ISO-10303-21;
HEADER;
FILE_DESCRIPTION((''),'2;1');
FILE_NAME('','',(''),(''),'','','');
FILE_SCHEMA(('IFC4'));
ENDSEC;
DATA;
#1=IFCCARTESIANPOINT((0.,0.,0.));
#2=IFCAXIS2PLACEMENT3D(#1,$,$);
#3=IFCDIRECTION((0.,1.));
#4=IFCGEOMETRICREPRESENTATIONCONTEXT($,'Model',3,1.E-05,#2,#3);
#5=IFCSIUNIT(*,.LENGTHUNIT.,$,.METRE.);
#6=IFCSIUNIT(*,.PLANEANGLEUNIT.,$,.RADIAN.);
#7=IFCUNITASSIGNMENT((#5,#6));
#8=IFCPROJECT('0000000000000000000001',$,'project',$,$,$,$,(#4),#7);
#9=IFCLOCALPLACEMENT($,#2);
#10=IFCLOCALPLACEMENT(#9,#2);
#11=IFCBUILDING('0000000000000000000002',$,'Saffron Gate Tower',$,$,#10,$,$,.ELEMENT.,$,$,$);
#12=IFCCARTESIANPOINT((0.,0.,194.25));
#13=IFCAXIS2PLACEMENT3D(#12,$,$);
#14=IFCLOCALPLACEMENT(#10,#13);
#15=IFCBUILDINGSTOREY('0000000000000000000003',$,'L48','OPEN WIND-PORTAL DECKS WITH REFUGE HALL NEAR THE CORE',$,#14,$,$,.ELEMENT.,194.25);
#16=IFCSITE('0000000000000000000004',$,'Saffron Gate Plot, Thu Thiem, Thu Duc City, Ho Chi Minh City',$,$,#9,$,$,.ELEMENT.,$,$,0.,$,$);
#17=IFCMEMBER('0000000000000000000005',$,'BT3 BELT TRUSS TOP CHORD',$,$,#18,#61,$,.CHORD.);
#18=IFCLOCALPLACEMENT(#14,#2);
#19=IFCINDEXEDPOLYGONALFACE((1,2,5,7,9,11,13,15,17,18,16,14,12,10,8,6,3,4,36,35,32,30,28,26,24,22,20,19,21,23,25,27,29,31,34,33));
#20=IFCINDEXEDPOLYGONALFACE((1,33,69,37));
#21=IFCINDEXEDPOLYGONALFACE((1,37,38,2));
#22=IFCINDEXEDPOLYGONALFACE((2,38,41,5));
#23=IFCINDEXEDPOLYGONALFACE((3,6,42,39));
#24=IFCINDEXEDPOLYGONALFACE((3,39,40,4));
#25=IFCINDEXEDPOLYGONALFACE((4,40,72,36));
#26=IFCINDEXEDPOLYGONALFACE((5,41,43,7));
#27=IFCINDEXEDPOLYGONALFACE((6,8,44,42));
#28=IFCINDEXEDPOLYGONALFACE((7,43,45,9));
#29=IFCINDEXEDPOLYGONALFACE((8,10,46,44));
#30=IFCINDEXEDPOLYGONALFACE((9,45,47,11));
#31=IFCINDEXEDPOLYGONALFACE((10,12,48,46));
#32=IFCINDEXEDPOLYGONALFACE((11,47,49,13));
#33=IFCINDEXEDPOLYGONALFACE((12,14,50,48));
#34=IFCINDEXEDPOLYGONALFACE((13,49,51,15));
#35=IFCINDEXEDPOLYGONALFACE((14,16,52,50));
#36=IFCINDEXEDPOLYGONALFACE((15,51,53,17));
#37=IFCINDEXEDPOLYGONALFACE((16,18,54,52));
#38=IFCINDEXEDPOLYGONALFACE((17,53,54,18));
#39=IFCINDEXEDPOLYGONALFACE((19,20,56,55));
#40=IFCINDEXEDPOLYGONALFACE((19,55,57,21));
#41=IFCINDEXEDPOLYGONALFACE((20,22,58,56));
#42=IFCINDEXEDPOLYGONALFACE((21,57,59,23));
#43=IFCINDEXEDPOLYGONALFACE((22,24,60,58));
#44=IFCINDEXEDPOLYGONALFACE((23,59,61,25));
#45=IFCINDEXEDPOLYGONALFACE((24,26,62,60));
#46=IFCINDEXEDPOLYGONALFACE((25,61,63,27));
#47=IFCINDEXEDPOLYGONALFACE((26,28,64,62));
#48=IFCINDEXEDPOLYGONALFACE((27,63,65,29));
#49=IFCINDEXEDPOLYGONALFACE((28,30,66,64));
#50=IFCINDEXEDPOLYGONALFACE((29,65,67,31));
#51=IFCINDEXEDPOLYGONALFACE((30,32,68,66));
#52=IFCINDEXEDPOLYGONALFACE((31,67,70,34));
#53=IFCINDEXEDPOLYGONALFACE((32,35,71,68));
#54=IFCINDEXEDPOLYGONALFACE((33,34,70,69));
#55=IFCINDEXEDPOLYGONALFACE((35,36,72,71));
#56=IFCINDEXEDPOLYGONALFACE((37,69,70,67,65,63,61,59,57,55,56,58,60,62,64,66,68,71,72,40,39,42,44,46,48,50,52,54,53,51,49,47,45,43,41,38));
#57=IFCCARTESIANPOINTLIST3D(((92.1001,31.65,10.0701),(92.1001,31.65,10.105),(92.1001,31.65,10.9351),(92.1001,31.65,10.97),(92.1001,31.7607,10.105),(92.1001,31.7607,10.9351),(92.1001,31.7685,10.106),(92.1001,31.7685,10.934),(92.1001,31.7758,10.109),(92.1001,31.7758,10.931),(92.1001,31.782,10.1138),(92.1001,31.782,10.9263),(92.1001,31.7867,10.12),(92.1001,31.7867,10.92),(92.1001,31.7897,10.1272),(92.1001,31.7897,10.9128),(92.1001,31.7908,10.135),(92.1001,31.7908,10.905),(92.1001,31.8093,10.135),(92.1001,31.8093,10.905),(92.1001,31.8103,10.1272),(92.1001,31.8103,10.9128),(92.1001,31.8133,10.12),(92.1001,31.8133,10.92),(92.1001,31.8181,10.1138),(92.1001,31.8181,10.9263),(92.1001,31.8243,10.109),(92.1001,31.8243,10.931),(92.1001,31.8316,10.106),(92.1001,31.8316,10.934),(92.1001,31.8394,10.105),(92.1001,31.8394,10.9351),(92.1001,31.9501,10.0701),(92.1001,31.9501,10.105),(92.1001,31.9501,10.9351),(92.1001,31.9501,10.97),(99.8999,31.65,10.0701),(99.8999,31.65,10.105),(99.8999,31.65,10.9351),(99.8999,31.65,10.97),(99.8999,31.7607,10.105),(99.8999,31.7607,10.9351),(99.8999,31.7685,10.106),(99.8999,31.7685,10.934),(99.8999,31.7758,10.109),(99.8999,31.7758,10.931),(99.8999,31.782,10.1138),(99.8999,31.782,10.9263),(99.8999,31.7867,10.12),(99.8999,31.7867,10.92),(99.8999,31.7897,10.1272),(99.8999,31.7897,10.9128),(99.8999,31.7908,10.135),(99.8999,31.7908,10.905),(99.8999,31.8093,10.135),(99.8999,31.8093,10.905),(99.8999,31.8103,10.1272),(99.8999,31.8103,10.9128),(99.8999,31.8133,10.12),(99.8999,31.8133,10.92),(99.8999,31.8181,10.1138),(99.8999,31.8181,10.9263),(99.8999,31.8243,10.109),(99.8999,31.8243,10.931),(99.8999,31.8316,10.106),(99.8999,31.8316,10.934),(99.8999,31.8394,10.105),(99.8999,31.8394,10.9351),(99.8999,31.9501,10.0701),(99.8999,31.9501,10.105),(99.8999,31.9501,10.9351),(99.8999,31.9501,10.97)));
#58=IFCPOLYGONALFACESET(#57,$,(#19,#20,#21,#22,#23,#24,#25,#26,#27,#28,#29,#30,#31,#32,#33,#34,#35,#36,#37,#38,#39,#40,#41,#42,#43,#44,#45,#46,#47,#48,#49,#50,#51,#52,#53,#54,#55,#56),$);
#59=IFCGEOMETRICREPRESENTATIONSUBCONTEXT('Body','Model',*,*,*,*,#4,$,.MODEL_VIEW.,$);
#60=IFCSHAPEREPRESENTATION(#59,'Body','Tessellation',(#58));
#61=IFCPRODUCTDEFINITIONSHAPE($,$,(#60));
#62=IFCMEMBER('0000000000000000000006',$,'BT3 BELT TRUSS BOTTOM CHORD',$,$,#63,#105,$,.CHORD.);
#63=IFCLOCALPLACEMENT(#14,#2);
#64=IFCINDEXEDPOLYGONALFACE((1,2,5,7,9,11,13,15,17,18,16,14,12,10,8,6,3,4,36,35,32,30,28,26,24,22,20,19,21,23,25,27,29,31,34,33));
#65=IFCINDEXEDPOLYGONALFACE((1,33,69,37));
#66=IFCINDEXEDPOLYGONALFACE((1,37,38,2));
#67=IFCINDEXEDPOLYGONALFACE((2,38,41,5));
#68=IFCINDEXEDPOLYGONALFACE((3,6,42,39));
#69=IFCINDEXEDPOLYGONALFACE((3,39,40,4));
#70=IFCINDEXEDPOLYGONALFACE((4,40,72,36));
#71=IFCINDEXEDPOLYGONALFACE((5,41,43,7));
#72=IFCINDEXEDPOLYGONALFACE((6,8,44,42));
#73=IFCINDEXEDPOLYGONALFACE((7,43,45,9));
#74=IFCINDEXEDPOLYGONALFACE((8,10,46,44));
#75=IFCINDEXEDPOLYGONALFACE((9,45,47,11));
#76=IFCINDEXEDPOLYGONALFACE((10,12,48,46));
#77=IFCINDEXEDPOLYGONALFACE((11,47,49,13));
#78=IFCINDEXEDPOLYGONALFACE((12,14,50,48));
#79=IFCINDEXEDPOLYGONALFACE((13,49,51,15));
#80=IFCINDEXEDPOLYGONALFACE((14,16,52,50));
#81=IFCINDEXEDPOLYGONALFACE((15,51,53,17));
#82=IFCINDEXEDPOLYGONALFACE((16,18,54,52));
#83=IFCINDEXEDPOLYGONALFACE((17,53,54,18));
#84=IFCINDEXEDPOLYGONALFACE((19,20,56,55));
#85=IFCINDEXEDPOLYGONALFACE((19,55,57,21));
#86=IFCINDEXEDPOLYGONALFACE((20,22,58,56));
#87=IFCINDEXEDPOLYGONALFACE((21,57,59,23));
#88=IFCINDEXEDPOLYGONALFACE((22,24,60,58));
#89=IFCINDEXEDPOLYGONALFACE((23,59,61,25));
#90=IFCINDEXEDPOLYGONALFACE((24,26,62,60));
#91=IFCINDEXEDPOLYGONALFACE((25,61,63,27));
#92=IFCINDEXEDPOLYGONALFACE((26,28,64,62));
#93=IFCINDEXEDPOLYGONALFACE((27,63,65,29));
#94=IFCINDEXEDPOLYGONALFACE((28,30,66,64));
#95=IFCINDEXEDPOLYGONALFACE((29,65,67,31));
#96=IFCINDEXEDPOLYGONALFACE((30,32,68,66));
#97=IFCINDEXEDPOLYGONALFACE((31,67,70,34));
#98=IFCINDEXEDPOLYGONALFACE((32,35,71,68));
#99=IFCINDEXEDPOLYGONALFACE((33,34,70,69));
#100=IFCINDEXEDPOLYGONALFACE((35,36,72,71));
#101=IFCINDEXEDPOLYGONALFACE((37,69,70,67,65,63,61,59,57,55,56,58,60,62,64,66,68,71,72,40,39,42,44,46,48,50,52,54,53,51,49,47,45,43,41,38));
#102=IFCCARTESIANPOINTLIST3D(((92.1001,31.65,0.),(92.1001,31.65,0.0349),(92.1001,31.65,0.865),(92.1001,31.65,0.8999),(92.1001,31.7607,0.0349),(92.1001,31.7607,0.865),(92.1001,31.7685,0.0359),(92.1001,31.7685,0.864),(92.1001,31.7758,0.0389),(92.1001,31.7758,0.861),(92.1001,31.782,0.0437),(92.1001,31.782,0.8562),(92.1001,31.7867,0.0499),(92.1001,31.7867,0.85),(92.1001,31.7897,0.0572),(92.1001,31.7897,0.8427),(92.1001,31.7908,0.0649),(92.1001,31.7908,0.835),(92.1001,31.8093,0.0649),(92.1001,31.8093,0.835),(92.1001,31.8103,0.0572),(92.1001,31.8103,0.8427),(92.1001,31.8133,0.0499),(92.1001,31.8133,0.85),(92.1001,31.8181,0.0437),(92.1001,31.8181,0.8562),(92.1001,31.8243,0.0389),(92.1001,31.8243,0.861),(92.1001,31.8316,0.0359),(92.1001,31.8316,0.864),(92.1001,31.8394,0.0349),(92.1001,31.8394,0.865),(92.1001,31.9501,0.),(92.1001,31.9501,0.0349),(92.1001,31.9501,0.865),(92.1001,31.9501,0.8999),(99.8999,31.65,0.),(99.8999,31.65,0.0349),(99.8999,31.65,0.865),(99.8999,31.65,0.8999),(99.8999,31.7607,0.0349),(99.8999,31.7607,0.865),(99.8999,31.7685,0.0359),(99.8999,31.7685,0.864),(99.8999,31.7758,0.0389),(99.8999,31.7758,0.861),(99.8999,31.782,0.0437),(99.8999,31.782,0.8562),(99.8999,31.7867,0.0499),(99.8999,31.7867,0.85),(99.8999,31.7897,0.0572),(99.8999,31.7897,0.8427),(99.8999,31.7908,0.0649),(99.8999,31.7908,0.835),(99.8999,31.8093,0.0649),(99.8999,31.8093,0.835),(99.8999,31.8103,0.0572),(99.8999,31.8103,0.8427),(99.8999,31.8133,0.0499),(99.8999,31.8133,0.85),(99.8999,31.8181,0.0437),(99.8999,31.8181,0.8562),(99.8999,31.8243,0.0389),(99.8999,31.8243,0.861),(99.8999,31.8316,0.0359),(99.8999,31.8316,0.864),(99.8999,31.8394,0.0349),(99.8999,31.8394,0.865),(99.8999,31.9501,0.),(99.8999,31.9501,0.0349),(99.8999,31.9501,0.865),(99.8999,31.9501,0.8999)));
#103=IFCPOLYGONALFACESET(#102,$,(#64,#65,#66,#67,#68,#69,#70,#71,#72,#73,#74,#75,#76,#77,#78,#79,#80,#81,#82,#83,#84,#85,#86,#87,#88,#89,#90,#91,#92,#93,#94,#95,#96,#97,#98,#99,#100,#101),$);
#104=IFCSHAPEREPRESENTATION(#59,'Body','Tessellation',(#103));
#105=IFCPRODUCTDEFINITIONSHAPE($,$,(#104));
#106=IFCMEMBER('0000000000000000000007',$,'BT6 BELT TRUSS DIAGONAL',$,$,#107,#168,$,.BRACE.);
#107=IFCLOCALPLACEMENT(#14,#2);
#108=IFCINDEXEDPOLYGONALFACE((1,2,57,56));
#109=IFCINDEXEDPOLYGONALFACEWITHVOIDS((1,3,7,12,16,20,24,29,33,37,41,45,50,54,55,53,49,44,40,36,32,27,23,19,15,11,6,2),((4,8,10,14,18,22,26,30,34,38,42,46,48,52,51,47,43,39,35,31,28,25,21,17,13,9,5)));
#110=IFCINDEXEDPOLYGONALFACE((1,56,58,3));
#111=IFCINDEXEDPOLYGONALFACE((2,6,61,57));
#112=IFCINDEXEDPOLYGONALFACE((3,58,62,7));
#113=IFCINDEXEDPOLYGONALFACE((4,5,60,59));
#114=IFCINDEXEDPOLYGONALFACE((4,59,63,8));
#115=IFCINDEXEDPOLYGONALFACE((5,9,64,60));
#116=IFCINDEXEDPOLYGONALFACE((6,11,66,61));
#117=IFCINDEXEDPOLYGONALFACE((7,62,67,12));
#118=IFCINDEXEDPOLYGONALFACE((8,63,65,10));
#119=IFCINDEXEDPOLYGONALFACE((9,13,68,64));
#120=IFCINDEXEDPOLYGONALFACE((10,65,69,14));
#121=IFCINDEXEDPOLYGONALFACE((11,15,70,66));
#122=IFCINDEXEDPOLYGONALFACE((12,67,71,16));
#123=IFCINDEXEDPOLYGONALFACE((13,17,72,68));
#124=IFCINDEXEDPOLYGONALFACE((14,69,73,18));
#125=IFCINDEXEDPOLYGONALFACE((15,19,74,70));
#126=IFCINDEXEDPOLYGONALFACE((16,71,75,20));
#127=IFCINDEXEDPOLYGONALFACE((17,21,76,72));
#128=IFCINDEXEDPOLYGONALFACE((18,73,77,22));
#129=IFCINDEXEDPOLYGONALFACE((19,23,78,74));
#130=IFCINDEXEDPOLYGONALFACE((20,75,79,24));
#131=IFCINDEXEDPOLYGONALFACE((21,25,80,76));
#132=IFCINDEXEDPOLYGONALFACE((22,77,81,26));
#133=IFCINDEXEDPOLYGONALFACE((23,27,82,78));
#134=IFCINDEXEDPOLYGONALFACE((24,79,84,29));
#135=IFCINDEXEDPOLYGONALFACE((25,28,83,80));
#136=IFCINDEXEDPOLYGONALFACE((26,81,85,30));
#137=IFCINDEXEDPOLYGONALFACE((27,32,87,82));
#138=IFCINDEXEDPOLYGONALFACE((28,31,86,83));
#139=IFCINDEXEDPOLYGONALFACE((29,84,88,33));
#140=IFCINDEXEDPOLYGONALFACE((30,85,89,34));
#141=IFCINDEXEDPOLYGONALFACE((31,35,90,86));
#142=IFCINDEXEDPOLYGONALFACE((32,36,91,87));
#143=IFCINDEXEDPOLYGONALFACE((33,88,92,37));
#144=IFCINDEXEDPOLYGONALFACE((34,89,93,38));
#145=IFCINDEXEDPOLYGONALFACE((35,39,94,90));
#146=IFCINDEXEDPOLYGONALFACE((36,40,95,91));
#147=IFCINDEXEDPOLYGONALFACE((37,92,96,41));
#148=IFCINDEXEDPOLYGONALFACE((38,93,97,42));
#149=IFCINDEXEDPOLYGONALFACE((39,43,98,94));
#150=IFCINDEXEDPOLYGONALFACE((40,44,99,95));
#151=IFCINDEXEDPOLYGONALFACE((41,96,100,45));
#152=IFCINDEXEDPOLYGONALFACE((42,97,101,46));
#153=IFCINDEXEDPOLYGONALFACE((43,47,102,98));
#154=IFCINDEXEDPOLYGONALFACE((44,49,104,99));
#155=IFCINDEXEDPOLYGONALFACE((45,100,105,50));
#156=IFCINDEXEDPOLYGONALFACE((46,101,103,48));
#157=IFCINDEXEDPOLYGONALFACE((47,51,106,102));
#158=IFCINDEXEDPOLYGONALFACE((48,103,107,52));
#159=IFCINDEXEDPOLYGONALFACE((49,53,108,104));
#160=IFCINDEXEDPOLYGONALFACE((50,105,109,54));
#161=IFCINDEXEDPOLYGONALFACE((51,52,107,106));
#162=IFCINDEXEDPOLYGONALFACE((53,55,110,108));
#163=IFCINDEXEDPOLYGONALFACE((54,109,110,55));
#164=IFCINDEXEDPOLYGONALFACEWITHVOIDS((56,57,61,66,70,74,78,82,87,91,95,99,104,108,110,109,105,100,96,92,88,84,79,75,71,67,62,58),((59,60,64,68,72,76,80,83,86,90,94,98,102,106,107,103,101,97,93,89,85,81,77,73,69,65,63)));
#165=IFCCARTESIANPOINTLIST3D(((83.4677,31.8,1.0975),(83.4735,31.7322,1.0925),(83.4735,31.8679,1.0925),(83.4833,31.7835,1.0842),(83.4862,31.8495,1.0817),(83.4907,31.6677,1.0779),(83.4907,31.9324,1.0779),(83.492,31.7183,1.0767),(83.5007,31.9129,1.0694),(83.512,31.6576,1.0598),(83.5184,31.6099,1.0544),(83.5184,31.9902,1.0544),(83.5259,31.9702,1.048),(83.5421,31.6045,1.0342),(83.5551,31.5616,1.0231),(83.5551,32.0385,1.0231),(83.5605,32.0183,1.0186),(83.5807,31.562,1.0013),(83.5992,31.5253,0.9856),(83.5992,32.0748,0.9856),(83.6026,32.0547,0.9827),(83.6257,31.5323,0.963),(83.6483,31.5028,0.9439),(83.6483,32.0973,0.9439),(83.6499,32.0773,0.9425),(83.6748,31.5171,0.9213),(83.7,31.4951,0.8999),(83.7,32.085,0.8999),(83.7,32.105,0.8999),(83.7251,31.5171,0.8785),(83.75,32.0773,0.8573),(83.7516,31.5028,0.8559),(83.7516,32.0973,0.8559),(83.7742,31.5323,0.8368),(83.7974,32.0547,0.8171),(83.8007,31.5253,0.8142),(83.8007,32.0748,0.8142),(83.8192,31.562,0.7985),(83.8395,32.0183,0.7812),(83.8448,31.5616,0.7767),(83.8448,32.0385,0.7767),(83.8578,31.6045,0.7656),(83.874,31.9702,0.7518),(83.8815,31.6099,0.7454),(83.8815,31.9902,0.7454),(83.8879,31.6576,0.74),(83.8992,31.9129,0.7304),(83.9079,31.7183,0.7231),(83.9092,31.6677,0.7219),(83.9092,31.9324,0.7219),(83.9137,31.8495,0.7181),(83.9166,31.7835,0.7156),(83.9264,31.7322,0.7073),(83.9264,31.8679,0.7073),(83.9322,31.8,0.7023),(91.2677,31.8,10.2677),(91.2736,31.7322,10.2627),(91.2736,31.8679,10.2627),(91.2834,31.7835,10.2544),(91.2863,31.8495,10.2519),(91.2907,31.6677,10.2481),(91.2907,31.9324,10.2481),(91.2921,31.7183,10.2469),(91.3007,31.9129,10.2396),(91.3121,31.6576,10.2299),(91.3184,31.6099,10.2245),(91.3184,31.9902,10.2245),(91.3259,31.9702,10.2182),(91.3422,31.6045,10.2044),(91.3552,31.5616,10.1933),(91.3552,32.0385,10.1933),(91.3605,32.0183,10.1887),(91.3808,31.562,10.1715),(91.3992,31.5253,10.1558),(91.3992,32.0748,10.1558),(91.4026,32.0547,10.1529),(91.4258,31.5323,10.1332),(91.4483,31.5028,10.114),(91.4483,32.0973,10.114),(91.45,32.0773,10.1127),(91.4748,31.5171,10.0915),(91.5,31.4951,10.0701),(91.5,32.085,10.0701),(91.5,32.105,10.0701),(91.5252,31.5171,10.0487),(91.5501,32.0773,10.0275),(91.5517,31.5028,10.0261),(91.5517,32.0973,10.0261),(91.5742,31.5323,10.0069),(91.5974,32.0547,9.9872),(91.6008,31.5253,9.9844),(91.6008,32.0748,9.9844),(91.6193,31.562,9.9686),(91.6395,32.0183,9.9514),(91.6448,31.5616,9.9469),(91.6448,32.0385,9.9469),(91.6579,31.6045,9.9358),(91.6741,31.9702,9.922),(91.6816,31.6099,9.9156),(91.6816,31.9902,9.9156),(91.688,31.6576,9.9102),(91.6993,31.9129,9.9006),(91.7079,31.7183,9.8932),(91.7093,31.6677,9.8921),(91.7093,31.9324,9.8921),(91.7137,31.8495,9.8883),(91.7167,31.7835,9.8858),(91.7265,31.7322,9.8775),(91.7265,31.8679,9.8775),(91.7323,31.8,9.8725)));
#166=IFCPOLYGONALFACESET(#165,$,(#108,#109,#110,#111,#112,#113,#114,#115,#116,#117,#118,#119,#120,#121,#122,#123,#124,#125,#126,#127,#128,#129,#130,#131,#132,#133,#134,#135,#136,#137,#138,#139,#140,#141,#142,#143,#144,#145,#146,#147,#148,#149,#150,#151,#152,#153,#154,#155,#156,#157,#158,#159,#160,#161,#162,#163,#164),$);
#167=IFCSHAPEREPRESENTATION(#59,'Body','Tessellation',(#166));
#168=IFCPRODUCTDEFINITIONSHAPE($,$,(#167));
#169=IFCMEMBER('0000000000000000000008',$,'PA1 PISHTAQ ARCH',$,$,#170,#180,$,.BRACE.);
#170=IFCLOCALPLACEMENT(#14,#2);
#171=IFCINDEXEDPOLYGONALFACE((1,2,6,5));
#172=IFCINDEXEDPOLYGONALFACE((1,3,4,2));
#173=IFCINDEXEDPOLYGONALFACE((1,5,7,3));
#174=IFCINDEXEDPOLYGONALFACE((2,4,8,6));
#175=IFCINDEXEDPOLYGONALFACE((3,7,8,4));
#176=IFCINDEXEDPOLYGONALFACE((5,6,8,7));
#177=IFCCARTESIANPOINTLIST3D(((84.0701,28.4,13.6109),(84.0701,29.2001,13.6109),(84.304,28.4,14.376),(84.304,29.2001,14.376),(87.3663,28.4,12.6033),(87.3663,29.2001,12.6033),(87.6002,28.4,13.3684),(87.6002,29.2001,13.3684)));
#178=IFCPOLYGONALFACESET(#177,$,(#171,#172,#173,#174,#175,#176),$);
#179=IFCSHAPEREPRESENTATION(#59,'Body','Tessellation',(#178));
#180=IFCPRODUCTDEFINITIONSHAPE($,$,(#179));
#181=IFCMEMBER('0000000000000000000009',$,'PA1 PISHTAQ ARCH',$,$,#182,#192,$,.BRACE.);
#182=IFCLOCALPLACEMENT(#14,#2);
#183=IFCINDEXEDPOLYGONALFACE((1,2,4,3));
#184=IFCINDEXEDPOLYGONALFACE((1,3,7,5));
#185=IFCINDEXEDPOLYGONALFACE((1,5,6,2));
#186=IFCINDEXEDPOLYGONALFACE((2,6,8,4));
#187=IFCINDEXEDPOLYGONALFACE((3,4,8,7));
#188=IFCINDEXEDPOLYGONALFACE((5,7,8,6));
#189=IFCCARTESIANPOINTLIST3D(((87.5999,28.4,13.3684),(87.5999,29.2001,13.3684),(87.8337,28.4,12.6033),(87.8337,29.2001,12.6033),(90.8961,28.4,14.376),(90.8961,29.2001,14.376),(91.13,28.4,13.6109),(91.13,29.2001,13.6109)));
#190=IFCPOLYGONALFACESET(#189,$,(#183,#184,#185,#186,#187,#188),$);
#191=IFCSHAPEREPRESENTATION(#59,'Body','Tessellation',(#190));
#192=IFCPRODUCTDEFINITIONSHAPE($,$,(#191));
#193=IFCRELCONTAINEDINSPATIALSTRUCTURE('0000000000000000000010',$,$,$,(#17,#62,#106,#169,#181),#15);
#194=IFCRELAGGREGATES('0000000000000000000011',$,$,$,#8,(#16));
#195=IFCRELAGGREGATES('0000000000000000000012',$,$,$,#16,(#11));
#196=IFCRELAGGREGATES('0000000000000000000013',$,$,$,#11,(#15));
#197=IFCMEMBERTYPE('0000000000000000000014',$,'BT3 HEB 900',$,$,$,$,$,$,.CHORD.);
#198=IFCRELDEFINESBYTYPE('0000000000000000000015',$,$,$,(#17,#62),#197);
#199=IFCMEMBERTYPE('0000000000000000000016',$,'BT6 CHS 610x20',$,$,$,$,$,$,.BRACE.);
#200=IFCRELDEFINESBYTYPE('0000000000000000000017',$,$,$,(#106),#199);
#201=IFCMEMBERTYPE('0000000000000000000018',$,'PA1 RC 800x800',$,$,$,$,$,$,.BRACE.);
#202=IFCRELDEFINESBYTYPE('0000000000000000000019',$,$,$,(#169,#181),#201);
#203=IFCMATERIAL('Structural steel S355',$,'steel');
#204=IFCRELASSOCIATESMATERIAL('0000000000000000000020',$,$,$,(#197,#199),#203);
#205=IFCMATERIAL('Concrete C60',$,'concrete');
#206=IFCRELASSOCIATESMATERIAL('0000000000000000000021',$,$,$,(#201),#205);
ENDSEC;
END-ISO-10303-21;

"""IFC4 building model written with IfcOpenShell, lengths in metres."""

from ifc_helpers import new_model, si_unit, direction, frame, origin, origin_2d, place, context, subcontext, project, spatial, rectangle, hollow_circle, i_section, extrude, material, material_profile, profile_set, type_object, element, save


model = new_model("IFC4")

# Units and contexts
model_context = context("Model", 3, precision=1e-05, world=origin(), true_north=direction((0.0, 1.0)))
body_context = subcontext(model_context, "Body", "Model", "MODEL_VIEW")
ifc_project = project(units=[si_unit("LENGTHUNIT", "METRE"), si_unit("PLANEANGLEUNIT", "RADIAN")], contexts=[model_context])

# Site, building, storey
site_placement = place(None, origin())
site = spatial("IfcSite", under=ifc_project, at=site_placement, Name="Saffron Gate Plot, Thu Thiem, Thu Duc City, Ho Chi Minh City", CompositionType="ELEMENT", RefElevation=0.0)
building_placement = place(site_placement, origin())
building = spatial("IfcBuilding", under=site, at=building_placement, Name="Saffron Gate Tower", CompositionType="ELEMENT")
storey_placement = place(building_placement, frame((0.0, 0.0, 194.25)))
storey = spatial("IfcBuildingStorey", under=building, at=storey_placement, Name="L48", Description="OPEN WIND-PORTAL DECKS WITH REFUGE HALL NEAR THE CORE", CompositionType="ELEMENT", Elevation=194.25)

# Shared definitions
ifc_material_1 = material(Name="Structural steel S355", Category="steel")

# Members
ifc_material_profile_1 = material_profile(ifc_material_1, i_section(OverallWidth=0.3, OverallDepth=0.8999, WebThickness=0.0186, FlangeThickness=0.0349, FilletRadius=0.03, at=origin_2d()))
ifc_profile_set_1 = profile_set([ifc_material_profile_1], Name="Structural steel S355")
member_type_1 = type_object("IfcMemberType", Name="BT3 HEB 900", PredefinedType="CHORD", material=ifc_profile_set_1)
for number, where, z_axis, x_axis, name in (
    (1, (92.1001, 31.8, 10.52), (1.0, 0.0, 0.0), (0.0, 1.0, 0.0), "BT3 BELT TRUSS TOP CHORD"),
    (2, (92.1001, 31.8, 0.45), (1.0, 0.0, 0.0), (0.0, 1.0, 0.0), "BT3 BELT TRUSS BOTTOM CHORD"),
):
    element("IfcMember", number, at=place(storey_placement, frame(where, z_axis=z_axis, x_axis=x_axis)), inside=storey, type_object=member_type_1, Name=name, PredefinedType="CHORD", context=body_context, shape_type="SweptSolid", body=[
        extrude(i_section(OverallWidth=0.3, OverallDepth=0.8999, WebThickness=0.0186, FlangeThickness=0.0349, FilletRadius=0.03, at=origin_2d()), origin(), (0.0, 0.0, 1.0), 7.7998),
    ])
ifc_material_profile_2 = material_profile(ifc_material_1, hollow_circle(Radius=0.3049, WallThickness=0.02, at=origin_2d()))
ifc_profile_set_2 = profile_set([ifc_material_profile_2], Name="Structural steel S355")
member_type_2 = type_object("IfcMemberType", Name="BT6 CHS 610x20", PredefinedType="BRACE", material=ifc_profile_set_2)
member_1_placement = place(storey_placement, frame((83.7, 31.8, 0.8999), z_axis=(0.647909, 0.0, 0.761718), x_axis=(0.0, 1.0, 0.0)))
element("IfcMember", 3, at=member_1_placement, inside=storey, type_object=member_type_2, Name="BT6 BELT TRUSS DIAGONAL", PredefinedType="BRACE", context=body_context, shape_type="SweptSolid", body=[
    extrude(hollow_circle(Radius=0.3049, WallThickness=0.02, at=origin_2d()), origin(), (0.0, 0.0, 1.0), 12.0388),
])
ifc_material_2 = material(Name="Concrete C60", Category="concrete")
ifc_material_profile_3 = material_profile(ifc_material_2, rectangle(XDim=0.8, YDim=0.8, at=origin_2d()))
ifc_profile_set_3 = profile_set([ifc_material_profile_3], Name="Concrete C60")
member_type_3 = type_object("IfcMemberType", Name="PA1 RC 800x800", PredefinedType="BRACE", material=ifc_profile_set_3)
for number, where, z_axis, x_axis, name in (
    (4, (84.187, 28.8, 13.9934), (0.956318, 0.0, -0.292328), (0.0, 1.0, 0.0), "PA1 PISHTAQ ARCH"),
    (5, (87.7168, 28.8, 12.9858), (0.956318, 0.0, 0.292328), (0.0, 1.0, 0.0), "PA1 PISHTAQ ARCH"),
):
    element("IfcMember", number, at=place(storey_placement, frame(where, z_axis=z_axis, x_axis=x_axis)), inside=storey, type_object=member_type_3, Name=name, PredefinedType="BRACE", context=body_context, shape_type="SweptSolid", body=[
        extrude(rectangle(XDim=0.8, YDim=0.8, at=origin_2d()), origin(), (0.0, 0.0, 1.0), 3.4468),
    ])

save(model, "model.ifc")
